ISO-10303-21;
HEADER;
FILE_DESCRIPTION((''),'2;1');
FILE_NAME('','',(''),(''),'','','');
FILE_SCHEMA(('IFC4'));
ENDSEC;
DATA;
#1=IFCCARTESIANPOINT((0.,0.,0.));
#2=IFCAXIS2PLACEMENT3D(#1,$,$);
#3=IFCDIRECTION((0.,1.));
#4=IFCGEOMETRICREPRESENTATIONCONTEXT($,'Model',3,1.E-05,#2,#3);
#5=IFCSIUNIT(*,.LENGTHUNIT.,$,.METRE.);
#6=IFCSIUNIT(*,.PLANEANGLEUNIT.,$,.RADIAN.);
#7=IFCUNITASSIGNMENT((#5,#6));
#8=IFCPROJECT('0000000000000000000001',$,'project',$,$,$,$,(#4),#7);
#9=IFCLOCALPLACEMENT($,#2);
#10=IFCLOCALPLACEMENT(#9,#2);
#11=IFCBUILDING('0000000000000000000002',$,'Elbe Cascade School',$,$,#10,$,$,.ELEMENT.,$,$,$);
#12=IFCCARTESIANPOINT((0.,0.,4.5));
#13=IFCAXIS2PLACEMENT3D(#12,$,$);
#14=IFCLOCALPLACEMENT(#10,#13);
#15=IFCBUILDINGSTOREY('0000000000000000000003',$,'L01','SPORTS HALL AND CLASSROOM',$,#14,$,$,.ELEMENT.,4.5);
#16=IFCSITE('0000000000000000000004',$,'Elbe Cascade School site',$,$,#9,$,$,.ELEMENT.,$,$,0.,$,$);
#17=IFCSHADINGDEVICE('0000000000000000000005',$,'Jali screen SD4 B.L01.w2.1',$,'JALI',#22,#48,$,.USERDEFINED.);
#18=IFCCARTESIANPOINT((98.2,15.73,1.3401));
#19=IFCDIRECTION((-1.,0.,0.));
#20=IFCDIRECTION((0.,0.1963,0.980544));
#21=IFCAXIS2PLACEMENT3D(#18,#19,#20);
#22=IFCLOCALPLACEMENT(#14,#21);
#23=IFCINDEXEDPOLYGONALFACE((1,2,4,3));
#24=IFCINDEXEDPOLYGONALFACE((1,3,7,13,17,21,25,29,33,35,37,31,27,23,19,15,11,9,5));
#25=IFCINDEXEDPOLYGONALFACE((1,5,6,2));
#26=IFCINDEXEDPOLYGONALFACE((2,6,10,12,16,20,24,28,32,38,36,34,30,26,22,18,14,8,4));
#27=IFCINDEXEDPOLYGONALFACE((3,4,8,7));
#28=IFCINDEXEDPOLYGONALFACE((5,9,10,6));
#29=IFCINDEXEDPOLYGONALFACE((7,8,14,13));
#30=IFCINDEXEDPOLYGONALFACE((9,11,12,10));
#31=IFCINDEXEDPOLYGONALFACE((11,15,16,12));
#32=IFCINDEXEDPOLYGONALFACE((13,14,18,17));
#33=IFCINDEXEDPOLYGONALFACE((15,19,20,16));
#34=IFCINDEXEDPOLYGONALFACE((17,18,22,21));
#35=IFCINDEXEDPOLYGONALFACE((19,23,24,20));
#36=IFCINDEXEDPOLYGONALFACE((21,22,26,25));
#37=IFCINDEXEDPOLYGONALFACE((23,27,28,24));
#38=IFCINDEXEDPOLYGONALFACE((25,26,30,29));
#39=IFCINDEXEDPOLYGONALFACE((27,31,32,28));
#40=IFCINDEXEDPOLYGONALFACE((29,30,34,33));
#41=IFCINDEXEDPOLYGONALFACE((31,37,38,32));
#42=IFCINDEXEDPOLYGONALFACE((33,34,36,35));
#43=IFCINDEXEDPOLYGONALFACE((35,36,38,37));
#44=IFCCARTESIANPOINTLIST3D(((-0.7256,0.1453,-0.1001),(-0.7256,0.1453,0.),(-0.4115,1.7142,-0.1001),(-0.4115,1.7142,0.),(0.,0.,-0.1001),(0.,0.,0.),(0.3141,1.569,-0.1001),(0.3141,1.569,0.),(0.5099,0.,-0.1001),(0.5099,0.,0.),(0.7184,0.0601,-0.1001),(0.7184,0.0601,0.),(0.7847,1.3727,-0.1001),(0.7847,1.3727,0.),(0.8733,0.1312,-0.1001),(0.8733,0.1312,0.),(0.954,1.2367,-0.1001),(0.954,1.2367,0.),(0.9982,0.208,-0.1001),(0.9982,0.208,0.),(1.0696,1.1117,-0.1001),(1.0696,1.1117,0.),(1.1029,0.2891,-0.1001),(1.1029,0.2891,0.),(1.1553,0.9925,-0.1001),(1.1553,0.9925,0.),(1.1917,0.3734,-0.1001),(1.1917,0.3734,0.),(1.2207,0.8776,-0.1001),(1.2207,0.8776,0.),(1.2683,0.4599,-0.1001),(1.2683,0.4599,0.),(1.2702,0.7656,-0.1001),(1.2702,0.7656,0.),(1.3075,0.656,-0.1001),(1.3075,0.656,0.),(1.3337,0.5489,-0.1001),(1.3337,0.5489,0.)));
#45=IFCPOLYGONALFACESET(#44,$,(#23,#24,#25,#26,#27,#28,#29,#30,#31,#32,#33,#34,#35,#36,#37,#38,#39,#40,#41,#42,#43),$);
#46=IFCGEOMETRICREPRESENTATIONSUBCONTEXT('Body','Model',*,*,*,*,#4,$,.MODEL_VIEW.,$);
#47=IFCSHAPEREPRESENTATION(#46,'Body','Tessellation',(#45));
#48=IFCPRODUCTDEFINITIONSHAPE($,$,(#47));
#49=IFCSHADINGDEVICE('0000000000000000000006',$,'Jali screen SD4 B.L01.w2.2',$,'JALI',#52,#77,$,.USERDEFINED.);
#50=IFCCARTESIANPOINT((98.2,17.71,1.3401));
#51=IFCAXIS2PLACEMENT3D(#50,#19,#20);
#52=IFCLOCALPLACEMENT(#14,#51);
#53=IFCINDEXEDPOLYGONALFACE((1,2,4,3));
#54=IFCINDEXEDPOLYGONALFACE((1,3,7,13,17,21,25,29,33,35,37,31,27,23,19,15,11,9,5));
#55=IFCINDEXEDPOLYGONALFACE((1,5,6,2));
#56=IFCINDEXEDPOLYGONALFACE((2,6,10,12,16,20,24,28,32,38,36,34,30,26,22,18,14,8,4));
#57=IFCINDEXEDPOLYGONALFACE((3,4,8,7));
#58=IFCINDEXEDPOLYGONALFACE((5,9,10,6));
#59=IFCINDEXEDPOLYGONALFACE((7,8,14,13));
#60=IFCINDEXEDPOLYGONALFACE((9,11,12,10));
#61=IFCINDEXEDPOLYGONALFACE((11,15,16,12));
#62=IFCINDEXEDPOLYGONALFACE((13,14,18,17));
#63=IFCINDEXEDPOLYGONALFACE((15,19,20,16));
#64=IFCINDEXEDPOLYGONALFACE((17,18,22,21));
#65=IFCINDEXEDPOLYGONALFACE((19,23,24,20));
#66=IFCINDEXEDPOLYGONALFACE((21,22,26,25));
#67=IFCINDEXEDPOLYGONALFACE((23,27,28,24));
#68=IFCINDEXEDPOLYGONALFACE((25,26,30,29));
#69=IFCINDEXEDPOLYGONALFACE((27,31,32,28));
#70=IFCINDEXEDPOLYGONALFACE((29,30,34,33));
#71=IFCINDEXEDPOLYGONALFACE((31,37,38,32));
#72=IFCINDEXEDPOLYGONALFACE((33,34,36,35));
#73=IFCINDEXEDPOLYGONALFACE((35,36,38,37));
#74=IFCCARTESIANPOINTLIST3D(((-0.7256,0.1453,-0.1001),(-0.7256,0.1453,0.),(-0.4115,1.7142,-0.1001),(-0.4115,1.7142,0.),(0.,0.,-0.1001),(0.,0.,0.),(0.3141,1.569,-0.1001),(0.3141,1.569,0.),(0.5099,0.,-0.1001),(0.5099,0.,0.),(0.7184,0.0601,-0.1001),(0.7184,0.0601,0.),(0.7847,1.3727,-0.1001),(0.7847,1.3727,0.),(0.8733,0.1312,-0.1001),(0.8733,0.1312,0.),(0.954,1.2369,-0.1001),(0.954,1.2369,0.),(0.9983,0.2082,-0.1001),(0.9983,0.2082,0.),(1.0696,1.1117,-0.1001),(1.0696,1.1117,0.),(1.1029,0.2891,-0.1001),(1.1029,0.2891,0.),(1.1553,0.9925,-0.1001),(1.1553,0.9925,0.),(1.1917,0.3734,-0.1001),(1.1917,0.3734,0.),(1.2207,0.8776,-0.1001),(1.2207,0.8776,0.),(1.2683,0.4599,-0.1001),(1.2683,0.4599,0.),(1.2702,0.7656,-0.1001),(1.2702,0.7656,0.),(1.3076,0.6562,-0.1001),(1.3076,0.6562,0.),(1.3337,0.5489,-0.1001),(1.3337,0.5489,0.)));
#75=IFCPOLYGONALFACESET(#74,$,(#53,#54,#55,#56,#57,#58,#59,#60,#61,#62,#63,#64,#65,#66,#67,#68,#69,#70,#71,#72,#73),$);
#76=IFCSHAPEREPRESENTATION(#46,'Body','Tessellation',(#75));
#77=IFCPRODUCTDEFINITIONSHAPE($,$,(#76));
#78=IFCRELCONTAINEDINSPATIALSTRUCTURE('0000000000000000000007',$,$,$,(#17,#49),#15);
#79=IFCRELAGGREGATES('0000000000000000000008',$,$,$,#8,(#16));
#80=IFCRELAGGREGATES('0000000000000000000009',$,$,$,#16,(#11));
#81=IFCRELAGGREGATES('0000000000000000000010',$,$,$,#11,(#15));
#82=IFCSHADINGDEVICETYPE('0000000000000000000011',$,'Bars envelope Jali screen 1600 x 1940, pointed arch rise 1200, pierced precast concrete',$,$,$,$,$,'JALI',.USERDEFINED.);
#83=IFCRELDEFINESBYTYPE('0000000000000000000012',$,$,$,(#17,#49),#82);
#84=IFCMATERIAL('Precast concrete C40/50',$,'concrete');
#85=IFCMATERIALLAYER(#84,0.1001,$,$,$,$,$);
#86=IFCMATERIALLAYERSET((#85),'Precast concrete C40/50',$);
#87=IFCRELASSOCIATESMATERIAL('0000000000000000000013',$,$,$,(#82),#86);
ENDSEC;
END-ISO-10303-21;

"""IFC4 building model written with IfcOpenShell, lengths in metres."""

from ifc_helpers import new_model, si_unit, direction, frame, origin, place, context, subcontext, project, spatial, polyline, outline, extrude, material, layer, layer_set, type_object, element, save


model = new_model("IFC4")

# Units and contexts
model_context = context("Model", 3, precision=1e-05, world=origin(), true_north=direction((0.0, 1.0)))
body_context = subcontext(model_context, "Body", "Model", "MODEL_VIEW")
ifc_project = project(units=[si_unit("LENGTHUNIT", "METRE"), si_unit("PLANEANGLEUNIT", "RADIAN")], contexts=[model_context])

# Site, building, storey
site_placement = place(None, origin())
site = spatial("IfcSite", under=ifc_project, at=site_placement, Name="Elbe Cascade School site", CompositionType="ELEMENT", RefElevation=0.0)
building_placement = place(site_placement, origin())
building = spatial("IfcBuilding", under=site, at=building_placement, Name="Elbe Cascade School", CompositionType="ELEMENT")
storey_placement = place(building_placement, frame((0.0, 0.0, 4.5)))
storey = spatial("IfcBuildingStorey", under=building, at=storey_placement, Name="L01", Description="SPORTS HALL AND CLASSROOM", CompositionType="ELEMENT", Elevation=4.5)

# Shading devices
ifc_material_1 = material(Name="Precast concrete C40/50", Category="concrete")
ifc_layer_1 = layer(ifc_material_1, 0.1001)
ifc_layer_set_1 = layer_set([ifc_layer_1], Name="Precast concrete C40/50")
shading_device_type_1 = type_object("IfcShadingDeviceType", Name="Bars envelope Jali screen 1600 x 1940, pointed arch rise 1200, pierced precast concrete", ElementType="JALI", PredefinedType="USERDEFINED", material=ifc_layer_set_1)
shading_device_1_placement = place(storey_placement, frame((98.2, 15.73, 1.3401), z_axis=(-1.0, 0.0, 0.0), x_axis=(0.0, 0.1963, 0.980544)))
element("IfcShadingDevice", 1, at=shading_device_1_placement, inside=storey, type_object=shading_device_type_1, Name="Jali screen SD4 B.L01.w2.1", ObjectType="JALI", PredefinedType="USERDEFINED", context=body_context, shape_type="SweptSolid", body=[
    extrude(outline(polyline([(0.0, 0.0), (0.5099, 0.0), (0.7184, 0.0601), (0.8733, 0.1312), (0.9982, 0.208), (1.1029, 0.2891), (1.1917, 0.3734), (1.2683, 0.4599), (1.3337, 0.5489), (1.3075, 0.656), (1.2702, 0.7656), (1.2207, 0.8776), (1.1553, 0.9925), (1.0696, 1.1117), (0.954, 1.2367), (0.7847, 1.3727), (0.3141, 1.569), (-0.4115, 1.7142), (-0.7256, 0.1453), (0.0, 0.0)])), origin(), (0.0, 0.0, -1.0), 0.1001),
])
shading_device_2_placement = place(storey_placement, frame((98.2, 17.71, 1.3401), z_axis=(-1.0, 0.0, 0.0), x_axis=(0.0, 0.1963, 0.980544)))
element("IfcShadingDevice", 2, at=shading_device_2_placement, inside=storey, type_object=shading_device_type_1, Name="Jali screen SD4 B.L01.w2.2", ObjectType="JALI", PredefinedType="USERDEFINED", context=body_context, shape_type="SweptSolid", body=[
    extrude(outline(polyline([(0.0, 0.0), (0.5099, 0.0), (0.7184, 0.0601), (0.8733, 0.1312), (0.9983, 0.2082), (1.1029, 0.2891), (1.1917, 0.3734), (1.2683, 0.4599), (1.3337, 0.5489), (1.3076, 0.6562), (1.2702, 0.7656), (1.2207, 0.8776), (1.1553, 0.9925), (1.0696, 1.1117), (0.954, 1.2369), (0.7847, 1.3727), (0.3141, 1.569), (-0.4115, 1.7142), (-0.7256, 0.1453), (0.0, 0.0)])), origin(), (0.0, 0.0, -1.0), 0.1001),
])

save(model, "model.ifc")
